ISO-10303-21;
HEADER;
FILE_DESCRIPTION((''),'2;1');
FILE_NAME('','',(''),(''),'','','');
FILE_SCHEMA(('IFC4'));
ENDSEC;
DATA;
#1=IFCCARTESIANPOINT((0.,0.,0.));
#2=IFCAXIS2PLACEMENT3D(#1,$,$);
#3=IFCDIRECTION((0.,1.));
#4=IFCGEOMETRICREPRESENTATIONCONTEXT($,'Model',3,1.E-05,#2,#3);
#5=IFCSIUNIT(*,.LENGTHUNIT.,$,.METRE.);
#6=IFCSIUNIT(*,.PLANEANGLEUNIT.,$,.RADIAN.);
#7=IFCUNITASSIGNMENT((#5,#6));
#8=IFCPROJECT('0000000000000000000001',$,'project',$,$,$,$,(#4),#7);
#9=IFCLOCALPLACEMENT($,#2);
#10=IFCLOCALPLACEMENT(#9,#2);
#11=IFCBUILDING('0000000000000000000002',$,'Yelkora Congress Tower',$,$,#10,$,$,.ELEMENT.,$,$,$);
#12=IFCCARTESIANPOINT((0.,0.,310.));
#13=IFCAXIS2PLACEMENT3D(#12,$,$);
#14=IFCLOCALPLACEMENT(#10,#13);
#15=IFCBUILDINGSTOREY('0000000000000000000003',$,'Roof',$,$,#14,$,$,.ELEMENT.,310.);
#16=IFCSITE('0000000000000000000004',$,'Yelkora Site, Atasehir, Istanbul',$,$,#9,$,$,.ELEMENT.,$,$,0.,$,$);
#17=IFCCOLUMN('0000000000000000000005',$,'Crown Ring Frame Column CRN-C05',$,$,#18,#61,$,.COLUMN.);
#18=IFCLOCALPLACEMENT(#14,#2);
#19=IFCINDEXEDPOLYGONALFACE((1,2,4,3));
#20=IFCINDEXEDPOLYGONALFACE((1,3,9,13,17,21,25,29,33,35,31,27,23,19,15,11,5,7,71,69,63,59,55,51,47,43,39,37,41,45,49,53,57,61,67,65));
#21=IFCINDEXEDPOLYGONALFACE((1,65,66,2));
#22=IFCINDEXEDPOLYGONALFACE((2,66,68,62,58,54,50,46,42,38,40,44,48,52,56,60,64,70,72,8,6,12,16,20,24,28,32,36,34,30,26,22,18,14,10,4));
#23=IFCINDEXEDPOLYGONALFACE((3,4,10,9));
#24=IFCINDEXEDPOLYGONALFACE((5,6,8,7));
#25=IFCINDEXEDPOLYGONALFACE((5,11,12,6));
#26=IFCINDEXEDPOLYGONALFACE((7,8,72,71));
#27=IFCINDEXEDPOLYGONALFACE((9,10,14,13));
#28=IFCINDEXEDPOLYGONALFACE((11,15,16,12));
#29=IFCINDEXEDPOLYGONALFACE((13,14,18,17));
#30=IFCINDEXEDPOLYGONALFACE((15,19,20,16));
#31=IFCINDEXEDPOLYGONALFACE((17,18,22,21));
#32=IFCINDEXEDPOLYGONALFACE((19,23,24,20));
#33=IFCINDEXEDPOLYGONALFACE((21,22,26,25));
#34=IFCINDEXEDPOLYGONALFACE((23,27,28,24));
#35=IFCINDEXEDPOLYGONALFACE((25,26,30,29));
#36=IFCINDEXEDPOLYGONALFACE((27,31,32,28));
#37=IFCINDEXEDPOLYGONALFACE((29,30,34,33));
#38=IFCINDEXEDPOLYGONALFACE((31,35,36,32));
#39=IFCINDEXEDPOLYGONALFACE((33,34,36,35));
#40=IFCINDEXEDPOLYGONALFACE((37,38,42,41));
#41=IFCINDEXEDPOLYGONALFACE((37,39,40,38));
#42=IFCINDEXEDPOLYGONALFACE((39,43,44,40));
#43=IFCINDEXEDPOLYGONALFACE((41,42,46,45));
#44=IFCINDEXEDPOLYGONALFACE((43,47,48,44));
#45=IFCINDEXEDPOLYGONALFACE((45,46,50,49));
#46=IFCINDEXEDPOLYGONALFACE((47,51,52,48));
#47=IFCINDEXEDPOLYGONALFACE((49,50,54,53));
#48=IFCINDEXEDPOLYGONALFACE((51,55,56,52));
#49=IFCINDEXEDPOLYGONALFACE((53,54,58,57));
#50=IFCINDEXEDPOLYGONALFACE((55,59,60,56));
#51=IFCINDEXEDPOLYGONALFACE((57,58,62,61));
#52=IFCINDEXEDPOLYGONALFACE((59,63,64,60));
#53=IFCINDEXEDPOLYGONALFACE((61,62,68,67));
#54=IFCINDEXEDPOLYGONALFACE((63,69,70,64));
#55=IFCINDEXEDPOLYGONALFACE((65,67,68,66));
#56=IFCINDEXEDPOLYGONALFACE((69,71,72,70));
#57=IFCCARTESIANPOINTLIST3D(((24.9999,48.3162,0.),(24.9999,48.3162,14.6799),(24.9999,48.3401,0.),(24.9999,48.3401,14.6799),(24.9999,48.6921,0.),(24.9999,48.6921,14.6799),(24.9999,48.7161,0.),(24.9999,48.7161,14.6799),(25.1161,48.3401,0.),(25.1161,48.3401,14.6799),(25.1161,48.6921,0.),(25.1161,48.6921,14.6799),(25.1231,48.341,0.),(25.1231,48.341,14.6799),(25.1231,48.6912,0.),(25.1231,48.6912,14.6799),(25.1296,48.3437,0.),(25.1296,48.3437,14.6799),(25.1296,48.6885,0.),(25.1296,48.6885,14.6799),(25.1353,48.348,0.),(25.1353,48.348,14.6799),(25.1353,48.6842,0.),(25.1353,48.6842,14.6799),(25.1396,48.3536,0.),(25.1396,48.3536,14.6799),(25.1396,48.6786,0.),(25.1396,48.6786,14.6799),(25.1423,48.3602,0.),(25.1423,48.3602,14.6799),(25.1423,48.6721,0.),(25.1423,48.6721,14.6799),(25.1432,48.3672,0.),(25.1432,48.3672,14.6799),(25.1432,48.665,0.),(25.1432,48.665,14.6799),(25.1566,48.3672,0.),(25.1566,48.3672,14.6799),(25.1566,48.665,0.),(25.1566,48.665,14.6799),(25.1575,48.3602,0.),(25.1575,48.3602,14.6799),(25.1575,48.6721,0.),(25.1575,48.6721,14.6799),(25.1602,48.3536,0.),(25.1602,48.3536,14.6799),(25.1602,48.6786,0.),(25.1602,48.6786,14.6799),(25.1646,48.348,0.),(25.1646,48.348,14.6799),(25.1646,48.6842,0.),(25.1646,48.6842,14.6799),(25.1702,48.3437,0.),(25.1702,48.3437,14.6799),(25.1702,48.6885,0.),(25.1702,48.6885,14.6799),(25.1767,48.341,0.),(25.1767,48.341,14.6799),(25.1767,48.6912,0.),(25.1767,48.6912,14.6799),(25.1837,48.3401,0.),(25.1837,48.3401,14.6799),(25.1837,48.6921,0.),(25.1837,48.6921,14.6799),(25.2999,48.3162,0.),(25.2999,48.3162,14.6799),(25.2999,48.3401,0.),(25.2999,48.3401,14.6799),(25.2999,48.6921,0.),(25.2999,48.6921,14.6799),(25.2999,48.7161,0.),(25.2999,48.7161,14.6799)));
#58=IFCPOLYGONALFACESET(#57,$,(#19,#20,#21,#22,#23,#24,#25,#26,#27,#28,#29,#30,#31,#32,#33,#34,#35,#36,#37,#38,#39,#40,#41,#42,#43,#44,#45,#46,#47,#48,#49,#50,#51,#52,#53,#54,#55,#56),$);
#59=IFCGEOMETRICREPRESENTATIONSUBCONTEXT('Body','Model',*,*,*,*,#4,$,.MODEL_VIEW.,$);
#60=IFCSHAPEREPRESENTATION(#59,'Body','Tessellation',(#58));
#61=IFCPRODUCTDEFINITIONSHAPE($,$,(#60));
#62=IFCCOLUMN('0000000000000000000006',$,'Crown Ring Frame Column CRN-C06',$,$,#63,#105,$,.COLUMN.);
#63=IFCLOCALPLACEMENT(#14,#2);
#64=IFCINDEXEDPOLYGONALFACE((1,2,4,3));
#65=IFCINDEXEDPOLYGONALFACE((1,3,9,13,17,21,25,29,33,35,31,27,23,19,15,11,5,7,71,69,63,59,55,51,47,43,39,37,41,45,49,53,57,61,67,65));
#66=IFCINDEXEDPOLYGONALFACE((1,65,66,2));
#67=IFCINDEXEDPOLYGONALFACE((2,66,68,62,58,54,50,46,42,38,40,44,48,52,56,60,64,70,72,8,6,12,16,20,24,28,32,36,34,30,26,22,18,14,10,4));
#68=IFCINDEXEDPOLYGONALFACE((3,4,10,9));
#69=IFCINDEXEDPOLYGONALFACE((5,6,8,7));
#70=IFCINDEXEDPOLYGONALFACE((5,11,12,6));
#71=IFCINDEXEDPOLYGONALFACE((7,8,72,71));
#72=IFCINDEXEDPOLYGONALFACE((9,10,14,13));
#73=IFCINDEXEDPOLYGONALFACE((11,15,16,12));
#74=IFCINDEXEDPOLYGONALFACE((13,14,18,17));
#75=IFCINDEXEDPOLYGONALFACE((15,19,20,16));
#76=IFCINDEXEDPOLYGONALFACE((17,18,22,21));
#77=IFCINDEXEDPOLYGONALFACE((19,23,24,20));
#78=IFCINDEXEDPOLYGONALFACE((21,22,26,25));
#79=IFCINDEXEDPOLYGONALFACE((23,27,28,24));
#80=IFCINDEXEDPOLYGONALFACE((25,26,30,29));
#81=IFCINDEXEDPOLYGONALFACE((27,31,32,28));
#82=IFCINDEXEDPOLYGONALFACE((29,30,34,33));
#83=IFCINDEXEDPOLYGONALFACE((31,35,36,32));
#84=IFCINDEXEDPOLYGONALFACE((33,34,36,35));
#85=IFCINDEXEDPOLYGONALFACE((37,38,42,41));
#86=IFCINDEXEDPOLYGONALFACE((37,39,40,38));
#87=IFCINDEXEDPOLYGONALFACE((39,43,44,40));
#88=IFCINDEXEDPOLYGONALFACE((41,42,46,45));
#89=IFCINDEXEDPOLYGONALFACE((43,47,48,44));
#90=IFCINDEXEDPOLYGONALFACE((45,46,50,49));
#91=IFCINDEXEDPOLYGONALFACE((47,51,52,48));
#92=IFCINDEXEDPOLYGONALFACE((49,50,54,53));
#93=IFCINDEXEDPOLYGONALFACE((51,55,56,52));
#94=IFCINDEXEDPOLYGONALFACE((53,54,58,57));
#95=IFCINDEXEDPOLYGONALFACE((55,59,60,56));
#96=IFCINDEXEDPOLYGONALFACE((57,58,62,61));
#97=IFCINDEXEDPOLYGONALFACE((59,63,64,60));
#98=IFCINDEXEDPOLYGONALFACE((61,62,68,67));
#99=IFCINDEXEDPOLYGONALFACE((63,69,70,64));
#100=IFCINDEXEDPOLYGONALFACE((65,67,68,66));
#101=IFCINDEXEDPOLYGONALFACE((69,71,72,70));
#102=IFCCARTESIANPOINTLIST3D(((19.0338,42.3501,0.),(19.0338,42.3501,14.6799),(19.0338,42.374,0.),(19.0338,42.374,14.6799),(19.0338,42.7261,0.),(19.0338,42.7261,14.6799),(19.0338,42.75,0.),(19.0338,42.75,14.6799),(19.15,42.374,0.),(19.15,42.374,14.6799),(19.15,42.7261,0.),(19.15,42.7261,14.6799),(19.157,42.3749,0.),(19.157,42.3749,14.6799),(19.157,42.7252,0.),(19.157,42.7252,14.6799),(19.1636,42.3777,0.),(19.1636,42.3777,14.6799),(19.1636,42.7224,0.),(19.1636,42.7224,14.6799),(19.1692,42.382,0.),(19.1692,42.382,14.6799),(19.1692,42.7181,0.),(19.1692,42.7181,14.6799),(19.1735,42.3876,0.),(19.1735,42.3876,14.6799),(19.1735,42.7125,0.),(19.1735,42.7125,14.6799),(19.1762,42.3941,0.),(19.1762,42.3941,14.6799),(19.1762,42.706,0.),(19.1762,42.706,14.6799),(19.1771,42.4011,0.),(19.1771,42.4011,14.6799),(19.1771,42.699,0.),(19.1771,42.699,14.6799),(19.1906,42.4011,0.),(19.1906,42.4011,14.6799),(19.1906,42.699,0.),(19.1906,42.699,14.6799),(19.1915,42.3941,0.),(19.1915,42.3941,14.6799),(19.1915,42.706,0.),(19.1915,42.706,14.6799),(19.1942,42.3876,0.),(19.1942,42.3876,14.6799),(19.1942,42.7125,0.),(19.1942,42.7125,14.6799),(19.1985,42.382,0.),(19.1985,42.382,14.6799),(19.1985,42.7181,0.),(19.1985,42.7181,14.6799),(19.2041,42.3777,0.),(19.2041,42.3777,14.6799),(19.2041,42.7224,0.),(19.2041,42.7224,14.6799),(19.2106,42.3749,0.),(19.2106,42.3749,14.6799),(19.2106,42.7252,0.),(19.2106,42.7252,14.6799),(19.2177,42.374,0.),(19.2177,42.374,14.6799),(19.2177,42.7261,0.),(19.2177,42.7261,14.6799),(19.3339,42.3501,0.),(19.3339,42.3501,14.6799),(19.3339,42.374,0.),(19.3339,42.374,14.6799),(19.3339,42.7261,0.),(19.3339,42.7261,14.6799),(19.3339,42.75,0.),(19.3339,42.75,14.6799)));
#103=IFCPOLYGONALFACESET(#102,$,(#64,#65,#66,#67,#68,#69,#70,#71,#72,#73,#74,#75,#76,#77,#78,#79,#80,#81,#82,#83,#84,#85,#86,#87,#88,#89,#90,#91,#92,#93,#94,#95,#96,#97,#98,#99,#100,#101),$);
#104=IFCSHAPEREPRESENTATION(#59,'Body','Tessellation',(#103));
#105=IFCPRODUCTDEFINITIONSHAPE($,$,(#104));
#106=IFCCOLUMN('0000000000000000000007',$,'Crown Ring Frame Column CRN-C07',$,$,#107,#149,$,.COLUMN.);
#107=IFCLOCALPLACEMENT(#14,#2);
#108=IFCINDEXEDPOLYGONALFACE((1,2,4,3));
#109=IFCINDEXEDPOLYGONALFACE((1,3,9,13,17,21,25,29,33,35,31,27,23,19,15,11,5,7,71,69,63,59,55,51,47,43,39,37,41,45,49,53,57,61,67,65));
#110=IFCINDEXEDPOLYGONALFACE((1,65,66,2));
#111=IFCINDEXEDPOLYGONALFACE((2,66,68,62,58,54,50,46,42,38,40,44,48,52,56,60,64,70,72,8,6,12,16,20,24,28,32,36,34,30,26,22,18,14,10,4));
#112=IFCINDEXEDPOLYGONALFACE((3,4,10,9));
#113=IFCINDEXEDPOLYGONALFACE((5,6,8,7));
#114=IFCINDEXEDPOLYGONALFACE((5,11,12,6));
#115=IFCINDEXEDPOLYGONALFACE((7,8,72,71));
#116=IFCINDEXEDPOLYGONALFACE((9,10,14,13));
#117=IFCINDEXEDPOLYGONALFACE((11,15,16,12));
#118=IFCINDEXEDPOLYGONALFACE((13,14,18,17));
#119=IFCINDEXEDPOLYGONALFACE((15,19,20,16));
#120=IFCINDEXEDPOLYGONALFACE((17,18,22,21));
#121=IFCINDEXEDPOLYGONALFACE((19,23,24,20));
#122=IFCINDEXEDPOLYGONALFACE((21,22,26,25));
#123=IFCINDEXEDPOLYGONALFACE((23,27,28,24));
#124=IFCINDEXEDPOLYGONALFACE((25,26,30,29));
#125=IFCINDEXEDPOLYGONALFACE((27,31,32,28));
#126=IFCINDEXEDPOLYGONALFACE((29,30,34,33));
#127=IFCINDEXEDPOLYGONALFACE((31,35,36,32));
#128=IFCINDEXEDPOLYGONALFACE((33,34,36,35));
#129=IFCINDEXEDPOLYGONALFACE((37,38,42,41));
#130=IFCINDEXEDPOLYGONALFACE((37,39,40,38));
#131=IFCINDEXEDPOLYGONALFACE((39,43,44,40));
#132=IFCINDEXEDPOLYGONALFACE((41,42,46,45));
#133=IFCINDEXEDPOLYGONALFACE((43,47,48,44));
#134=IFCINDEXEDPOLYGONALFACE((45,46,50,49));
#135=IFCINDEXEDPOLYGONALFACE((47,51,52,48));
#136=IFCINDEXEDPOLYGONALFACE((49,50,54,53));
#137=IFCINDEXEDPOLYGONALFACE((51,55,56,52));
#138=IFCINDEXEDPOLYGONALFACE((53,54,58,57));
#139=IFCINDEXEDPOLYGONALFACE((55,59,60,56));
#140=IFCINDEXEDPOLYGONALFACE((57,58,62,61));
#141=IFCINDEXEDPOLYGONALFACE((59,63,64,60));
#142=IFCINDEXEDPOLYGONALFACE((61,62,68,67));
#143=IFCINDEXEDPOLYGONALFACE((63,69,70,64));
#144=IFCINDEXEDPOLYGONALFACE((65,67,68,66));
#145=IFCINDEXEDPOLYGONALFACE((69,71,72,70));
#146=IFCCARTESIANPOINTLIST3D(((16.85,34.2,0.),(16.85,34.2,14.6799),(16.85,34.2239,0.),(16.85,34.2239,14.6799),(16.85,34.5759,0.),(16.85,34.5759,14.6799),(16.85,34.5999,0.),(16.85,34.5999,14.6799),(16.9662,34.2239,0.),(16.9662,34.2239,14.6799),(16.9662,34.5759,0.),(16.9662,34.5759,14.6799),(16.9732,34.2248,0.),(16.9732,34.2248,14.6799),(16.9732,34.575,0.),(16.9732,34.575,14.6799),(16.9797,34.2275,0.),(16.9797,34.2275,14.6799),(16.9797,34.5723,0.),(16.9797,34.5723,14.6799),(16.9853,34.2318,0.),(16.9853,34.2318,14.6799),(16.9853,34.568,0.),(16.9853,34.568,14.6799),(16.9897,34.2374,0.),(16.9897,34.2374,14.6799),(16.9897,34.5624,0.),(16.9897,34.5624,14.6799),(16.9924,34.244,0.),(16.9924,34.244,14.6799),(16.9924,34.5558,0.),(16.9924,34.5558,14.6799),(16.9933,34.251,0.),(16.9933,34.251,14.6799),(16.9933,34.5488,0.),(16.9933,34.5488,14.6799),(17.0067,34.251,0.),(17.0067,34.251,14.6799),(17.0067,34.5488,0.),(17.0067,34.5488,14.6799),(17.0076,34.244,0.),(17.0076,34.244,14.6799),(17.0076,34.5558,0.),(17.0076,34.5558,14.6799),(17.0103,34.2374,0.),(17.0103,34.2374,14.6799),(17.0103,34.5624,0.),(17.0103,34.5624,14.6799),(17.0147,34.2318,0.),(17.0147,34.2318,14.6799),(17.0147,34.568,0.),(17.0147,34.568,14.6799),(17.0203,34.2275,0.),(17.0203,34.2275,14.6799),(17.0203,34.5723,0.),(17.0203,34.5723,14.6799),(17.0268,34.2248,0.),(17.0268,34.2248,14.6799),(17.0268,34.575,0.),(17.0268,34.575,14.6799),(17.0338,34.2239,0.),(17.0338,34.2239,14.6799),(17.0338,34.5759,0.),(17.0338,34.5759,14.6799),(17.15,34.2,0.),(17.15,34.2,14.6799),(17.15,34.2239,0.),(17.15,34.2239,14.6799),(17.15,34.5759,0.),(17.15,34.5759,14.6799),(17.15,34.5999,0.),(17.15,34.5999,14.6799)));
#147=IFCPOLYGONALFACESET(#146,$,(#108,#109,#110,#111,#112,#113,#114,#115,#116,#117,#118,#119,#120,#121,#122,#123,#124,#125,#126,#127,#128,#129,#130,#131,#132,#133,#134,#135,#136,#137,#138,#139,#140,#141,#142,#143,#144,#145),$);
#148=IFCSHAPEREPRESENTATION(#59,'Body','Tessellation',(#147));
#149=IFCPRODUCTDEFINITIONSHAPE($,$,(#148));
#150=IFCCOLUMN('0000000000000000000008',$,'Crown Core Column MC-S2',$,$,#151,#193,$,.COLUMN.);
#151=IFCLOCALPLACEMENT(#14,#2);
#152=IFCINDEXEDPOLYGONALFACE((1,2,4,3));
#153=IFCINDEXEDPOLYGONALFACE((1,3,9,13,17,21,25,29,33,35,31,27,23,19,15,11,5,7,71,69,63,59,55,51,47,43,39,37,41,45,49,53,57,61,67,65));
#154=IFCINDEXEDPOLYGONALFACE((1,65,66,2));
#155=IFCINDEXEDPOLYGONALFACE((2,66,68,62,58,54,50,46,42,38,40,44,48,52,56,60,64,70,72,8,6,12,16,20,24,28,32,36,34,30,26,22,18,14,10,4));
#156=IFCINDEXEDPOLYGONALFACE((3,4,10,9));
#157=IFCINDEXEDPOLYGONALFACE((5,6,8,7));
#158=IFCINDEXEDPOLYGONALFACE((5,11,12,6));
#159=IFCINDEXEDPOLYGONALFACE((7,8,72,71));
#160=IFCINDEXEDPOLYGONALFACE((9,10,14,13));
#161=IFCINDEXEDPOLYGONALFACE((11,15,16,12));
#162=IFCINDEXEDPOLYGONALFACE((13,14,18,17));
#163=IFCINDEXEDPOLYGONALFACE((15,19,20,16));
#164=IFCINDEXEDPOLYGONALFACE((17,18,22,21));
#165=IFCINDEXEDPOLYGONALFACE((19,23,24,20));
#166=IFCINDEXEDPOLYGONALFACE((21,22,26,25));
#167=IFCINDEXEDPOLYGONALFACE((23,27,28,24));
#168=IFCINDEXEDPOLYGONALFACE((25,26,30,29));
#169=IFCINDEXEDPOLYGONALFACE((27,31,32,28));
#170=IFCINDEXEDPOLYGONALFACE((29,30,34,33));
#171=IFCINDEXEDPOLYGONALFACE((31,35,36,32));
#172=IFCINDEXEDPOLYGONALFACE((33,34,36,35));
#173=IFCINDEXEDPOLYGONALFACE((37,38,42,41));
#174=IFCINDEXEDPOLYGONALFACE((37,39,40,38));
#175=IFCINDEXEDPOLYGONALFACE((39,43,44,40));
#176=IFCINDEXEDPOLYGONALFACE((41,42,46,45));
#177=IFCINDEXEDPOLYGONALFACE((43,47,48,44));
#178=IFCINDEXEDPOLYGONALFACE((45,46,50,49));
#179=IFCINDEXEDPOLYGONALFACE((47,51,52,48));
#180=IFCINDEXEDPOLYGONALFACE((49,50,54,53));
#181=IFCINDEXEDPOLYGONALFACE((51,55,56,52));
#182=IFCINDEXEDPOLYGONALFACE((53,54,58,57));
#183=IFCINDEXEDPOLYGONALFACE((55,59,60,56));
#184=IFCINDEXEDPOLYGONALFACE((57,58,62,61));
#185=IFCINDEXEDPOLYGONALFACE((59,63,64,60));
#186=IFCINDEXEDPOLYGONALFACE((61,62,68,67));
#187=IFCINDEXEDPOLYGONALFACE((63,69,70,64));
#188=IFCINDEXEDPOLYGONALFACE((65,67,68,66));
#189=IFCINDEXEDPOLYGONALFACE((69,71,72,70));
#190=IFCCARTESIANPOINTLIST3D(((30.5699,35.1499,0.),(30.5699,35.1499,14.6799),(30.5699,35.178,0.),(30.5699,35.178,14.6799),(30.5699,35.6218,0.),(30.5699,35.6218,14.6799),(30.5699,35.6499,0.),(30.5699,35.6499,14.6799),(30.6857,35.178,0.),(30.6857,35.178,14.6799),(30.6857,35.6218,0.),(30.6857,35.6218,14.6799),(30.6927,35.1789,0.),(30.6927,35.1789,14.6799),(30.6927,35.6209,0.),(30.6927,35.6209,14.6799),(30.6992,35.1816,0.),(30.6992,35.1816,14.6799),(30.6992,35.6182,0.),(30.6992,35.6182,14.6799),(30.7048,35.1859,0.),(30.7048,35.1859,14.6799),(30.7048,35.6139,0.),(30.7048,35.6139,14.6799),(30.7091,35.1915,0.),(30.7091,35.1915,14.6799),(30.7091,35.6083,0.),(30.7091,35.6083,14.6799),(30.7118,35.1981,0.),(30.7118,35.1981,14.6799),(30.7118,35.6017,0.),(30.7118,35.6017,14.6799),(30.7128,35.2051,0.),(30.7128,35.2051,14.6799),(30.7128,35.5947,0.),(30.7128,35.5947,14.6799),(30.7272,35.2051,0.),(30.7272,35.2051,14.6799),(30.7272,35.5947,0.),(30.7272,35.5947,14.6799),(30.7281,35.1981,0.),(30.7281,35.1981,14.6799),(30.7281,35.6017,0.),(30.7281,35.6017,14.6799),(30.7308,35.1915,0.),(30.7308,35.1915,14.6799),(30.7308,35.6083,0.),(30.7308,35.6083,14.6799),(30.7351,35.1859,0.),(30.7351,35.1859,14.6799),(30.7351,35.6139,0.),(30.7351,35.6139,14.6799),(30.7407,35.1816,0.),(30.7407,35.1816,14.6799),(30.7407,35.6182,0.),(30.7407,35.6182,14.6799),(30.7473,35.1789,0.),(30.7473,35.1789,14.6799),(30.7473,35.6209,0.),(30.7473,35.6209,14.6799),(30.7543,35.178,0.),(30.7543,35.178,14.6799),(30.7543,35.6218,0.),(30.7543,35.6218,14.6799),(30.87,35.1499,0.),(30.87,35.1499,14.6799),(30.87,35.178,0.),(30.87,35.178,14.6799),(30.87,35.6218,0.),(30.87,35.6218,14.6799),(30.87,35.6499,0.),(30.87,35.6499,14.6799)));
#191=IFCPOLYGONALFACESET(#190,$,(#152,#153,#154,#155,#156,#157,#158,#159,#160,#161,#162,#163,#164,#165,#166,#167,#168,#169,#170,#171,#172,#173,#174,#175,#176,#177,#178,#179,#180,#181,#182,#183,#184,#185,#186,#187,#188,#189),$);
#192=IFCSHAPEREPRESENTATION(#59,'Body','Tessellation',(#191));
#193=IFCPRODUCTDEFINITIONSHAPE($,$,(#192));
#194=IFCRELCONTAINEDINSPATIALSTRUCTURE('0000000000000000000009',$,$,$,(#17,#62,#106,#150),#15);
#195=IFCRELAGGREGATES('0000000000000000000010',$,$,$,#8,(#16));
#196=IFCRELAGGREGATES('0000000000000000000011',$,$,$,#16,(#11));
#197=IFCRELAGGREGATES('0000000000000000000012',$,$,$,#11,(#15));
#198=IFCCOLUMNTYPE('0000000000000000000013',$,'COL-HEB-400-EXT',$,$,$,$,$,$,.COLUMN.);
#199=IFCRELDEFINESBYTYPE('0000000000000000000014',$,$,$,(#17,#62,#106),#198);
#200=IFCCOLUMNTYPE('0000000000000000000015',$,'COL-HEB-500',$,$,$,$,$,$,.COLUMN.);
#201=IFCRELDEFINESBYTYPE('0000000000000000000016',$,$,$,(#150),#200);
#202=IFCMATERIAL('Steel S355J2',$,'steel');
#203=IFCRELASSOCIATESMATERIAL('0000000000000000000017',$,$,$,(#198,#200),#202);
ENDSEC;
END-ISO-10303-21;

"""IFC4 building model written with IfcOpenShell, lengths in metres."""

from ifc_helpers import new_model, si_unit, direction, frame, origin, origin_2d, place, context, subcontext, project, spatial, i_section, extrude, material, material_profile, profile_set, type_object, element, save


model = new_model("IFC4")

# Units and contexts
model_context = context("Model", 3, precision=1e-05, world=origin(), true_north=direction((0.0, 1.0)))
body_context = subcontext(model_context, "Body", "Model", "MODEL_VIEW")
ifc_project = project(units=[si_unit("LENGTHUNIT", "METRE"), si_unit("PLANEANGLEUNIT", "RADIAN")], contexts=[model_context])

# Site, building, storey
site_placement = place(None, origin())
site = spatial("IfcSite", under=ifc_project, at=site_placement, Name="Yelkora Site, Atasehir, Istanbul", CompositionType="ELEMENT", RefElevation=0.0)
building_placement = place(site_placement, origin())
building = spatial("IfcBuilding", under=site, at=building_placement, Name="Yelkora Congress Tower", CompositionType="ELEMENT")
storey_placement = place(building_placement, frame((0.0, 0.0, 310.0)))
storey = spatial("IfcBuildingStorey", under=building, at=storey_placement, Name="Roof", CompositionType="ELEMENT", Elevation=310.0)

# Columns
ifc_material_1 = material(Name="Steel S355J2", Category="steel")
ifc_material_profile_1 = material_profile(ifc_material_1, i_section(OverallWidth=0.3, OverallDepth=0.3999, WebThickness=0.0134, FlangeThickness=0.0239, FilletRadius=0.0271, at=origin_2d()), Name="HEB 400")
ifc_profile_set_1 = profile_set([ifc_material_profile_1], Name="Steel S355J2")
column_type_1 = type_object("IfcColumnType", Name="COL-HEB-400-EXT", PredefinedType="COLUMN", material=ifc_profile_set_1)
for number, where, z_axis, x_axis, name in (
    (1, (25.1499, 48.5161, 0.0), (0.0, 0.0, 1.0), (1.0, 0.0, 0.0), "Crown Ring Frame Column CRN-C05"),
    (2, (19.1838, 42.55, 0.0), (0.0, 0.0, 1.0), (1.0, 0.0, 0.0), "Crown Ring Frame Column CRN-C06"),
    (3, (17.0, 34.3999, 0.0), (0.0, 0.0, 1.0), (1.0, 0.0, 0.0), "Crown Ring Frame Column CRN-C07"),
):
    element("IfcColumn", number, at=place(storey_placement, frame(where, z_axis=z_axis, x_axis=x_axis)), inside=storey, type_object=column_type_1, Name=name, PredefinedType="COLUMN", context=body_context, shape_type="SweptSolid", body=[
        extrude(i_section(OverallWidth=0.3, OverallDepth=0.3999, WebThickness=0.0134, FlangeThickness=0.0239, FilletRadius=0.0271, at=origin_2d()), origin(), (0.0, 0.0, 1.0), 14.6799),
    ])
ifc_material_profile_2 = material_profile(ifc_material_1, i_section(OverallWidth=0.3, OverallDepth=0.5, WebThickness=0.0144, FlangeThickness=0.0281, FilletRadius=0.0271, at=origin_2d()), Name="HEB 500")
ifc_profile_set_2 = profile_set([ifc_material_profile_2], Name="Steel S355J2")
column_type_2 = type_object("IfcColumnType", Name="COL-HEB-500", PredefinedType="COLUMN", material=ifc_profile_set_2)
for number, where, z_axis, x_axis, name in (
    (4, (30.72, 35.3999, 0.0), (0.0, 0.0, 1.0), (1.0, 0.0, 0.0), "Crown Core Column MC-S2"),
):
    element("IfcColumn", number, at=place(storey_placement, frame(where, z_axis=z_axis, x_axis=x_axis)), inside=storey, type_object=column_type_2, Name=name, PredefinedType="COLUMN", context=body_context, shape_type="SweptSolid", body=[
        extrude(i_section(OverallWidth=0.3, OverallDepth=0.5, WebThickness=0.0144, FlangeThickness=0.0281, FilletRadius=0.0271, at=origin_2d()), origin(), (0.0, 0.0, 1.0), 14.6799),
    ])

save(model, "model.ifc")
